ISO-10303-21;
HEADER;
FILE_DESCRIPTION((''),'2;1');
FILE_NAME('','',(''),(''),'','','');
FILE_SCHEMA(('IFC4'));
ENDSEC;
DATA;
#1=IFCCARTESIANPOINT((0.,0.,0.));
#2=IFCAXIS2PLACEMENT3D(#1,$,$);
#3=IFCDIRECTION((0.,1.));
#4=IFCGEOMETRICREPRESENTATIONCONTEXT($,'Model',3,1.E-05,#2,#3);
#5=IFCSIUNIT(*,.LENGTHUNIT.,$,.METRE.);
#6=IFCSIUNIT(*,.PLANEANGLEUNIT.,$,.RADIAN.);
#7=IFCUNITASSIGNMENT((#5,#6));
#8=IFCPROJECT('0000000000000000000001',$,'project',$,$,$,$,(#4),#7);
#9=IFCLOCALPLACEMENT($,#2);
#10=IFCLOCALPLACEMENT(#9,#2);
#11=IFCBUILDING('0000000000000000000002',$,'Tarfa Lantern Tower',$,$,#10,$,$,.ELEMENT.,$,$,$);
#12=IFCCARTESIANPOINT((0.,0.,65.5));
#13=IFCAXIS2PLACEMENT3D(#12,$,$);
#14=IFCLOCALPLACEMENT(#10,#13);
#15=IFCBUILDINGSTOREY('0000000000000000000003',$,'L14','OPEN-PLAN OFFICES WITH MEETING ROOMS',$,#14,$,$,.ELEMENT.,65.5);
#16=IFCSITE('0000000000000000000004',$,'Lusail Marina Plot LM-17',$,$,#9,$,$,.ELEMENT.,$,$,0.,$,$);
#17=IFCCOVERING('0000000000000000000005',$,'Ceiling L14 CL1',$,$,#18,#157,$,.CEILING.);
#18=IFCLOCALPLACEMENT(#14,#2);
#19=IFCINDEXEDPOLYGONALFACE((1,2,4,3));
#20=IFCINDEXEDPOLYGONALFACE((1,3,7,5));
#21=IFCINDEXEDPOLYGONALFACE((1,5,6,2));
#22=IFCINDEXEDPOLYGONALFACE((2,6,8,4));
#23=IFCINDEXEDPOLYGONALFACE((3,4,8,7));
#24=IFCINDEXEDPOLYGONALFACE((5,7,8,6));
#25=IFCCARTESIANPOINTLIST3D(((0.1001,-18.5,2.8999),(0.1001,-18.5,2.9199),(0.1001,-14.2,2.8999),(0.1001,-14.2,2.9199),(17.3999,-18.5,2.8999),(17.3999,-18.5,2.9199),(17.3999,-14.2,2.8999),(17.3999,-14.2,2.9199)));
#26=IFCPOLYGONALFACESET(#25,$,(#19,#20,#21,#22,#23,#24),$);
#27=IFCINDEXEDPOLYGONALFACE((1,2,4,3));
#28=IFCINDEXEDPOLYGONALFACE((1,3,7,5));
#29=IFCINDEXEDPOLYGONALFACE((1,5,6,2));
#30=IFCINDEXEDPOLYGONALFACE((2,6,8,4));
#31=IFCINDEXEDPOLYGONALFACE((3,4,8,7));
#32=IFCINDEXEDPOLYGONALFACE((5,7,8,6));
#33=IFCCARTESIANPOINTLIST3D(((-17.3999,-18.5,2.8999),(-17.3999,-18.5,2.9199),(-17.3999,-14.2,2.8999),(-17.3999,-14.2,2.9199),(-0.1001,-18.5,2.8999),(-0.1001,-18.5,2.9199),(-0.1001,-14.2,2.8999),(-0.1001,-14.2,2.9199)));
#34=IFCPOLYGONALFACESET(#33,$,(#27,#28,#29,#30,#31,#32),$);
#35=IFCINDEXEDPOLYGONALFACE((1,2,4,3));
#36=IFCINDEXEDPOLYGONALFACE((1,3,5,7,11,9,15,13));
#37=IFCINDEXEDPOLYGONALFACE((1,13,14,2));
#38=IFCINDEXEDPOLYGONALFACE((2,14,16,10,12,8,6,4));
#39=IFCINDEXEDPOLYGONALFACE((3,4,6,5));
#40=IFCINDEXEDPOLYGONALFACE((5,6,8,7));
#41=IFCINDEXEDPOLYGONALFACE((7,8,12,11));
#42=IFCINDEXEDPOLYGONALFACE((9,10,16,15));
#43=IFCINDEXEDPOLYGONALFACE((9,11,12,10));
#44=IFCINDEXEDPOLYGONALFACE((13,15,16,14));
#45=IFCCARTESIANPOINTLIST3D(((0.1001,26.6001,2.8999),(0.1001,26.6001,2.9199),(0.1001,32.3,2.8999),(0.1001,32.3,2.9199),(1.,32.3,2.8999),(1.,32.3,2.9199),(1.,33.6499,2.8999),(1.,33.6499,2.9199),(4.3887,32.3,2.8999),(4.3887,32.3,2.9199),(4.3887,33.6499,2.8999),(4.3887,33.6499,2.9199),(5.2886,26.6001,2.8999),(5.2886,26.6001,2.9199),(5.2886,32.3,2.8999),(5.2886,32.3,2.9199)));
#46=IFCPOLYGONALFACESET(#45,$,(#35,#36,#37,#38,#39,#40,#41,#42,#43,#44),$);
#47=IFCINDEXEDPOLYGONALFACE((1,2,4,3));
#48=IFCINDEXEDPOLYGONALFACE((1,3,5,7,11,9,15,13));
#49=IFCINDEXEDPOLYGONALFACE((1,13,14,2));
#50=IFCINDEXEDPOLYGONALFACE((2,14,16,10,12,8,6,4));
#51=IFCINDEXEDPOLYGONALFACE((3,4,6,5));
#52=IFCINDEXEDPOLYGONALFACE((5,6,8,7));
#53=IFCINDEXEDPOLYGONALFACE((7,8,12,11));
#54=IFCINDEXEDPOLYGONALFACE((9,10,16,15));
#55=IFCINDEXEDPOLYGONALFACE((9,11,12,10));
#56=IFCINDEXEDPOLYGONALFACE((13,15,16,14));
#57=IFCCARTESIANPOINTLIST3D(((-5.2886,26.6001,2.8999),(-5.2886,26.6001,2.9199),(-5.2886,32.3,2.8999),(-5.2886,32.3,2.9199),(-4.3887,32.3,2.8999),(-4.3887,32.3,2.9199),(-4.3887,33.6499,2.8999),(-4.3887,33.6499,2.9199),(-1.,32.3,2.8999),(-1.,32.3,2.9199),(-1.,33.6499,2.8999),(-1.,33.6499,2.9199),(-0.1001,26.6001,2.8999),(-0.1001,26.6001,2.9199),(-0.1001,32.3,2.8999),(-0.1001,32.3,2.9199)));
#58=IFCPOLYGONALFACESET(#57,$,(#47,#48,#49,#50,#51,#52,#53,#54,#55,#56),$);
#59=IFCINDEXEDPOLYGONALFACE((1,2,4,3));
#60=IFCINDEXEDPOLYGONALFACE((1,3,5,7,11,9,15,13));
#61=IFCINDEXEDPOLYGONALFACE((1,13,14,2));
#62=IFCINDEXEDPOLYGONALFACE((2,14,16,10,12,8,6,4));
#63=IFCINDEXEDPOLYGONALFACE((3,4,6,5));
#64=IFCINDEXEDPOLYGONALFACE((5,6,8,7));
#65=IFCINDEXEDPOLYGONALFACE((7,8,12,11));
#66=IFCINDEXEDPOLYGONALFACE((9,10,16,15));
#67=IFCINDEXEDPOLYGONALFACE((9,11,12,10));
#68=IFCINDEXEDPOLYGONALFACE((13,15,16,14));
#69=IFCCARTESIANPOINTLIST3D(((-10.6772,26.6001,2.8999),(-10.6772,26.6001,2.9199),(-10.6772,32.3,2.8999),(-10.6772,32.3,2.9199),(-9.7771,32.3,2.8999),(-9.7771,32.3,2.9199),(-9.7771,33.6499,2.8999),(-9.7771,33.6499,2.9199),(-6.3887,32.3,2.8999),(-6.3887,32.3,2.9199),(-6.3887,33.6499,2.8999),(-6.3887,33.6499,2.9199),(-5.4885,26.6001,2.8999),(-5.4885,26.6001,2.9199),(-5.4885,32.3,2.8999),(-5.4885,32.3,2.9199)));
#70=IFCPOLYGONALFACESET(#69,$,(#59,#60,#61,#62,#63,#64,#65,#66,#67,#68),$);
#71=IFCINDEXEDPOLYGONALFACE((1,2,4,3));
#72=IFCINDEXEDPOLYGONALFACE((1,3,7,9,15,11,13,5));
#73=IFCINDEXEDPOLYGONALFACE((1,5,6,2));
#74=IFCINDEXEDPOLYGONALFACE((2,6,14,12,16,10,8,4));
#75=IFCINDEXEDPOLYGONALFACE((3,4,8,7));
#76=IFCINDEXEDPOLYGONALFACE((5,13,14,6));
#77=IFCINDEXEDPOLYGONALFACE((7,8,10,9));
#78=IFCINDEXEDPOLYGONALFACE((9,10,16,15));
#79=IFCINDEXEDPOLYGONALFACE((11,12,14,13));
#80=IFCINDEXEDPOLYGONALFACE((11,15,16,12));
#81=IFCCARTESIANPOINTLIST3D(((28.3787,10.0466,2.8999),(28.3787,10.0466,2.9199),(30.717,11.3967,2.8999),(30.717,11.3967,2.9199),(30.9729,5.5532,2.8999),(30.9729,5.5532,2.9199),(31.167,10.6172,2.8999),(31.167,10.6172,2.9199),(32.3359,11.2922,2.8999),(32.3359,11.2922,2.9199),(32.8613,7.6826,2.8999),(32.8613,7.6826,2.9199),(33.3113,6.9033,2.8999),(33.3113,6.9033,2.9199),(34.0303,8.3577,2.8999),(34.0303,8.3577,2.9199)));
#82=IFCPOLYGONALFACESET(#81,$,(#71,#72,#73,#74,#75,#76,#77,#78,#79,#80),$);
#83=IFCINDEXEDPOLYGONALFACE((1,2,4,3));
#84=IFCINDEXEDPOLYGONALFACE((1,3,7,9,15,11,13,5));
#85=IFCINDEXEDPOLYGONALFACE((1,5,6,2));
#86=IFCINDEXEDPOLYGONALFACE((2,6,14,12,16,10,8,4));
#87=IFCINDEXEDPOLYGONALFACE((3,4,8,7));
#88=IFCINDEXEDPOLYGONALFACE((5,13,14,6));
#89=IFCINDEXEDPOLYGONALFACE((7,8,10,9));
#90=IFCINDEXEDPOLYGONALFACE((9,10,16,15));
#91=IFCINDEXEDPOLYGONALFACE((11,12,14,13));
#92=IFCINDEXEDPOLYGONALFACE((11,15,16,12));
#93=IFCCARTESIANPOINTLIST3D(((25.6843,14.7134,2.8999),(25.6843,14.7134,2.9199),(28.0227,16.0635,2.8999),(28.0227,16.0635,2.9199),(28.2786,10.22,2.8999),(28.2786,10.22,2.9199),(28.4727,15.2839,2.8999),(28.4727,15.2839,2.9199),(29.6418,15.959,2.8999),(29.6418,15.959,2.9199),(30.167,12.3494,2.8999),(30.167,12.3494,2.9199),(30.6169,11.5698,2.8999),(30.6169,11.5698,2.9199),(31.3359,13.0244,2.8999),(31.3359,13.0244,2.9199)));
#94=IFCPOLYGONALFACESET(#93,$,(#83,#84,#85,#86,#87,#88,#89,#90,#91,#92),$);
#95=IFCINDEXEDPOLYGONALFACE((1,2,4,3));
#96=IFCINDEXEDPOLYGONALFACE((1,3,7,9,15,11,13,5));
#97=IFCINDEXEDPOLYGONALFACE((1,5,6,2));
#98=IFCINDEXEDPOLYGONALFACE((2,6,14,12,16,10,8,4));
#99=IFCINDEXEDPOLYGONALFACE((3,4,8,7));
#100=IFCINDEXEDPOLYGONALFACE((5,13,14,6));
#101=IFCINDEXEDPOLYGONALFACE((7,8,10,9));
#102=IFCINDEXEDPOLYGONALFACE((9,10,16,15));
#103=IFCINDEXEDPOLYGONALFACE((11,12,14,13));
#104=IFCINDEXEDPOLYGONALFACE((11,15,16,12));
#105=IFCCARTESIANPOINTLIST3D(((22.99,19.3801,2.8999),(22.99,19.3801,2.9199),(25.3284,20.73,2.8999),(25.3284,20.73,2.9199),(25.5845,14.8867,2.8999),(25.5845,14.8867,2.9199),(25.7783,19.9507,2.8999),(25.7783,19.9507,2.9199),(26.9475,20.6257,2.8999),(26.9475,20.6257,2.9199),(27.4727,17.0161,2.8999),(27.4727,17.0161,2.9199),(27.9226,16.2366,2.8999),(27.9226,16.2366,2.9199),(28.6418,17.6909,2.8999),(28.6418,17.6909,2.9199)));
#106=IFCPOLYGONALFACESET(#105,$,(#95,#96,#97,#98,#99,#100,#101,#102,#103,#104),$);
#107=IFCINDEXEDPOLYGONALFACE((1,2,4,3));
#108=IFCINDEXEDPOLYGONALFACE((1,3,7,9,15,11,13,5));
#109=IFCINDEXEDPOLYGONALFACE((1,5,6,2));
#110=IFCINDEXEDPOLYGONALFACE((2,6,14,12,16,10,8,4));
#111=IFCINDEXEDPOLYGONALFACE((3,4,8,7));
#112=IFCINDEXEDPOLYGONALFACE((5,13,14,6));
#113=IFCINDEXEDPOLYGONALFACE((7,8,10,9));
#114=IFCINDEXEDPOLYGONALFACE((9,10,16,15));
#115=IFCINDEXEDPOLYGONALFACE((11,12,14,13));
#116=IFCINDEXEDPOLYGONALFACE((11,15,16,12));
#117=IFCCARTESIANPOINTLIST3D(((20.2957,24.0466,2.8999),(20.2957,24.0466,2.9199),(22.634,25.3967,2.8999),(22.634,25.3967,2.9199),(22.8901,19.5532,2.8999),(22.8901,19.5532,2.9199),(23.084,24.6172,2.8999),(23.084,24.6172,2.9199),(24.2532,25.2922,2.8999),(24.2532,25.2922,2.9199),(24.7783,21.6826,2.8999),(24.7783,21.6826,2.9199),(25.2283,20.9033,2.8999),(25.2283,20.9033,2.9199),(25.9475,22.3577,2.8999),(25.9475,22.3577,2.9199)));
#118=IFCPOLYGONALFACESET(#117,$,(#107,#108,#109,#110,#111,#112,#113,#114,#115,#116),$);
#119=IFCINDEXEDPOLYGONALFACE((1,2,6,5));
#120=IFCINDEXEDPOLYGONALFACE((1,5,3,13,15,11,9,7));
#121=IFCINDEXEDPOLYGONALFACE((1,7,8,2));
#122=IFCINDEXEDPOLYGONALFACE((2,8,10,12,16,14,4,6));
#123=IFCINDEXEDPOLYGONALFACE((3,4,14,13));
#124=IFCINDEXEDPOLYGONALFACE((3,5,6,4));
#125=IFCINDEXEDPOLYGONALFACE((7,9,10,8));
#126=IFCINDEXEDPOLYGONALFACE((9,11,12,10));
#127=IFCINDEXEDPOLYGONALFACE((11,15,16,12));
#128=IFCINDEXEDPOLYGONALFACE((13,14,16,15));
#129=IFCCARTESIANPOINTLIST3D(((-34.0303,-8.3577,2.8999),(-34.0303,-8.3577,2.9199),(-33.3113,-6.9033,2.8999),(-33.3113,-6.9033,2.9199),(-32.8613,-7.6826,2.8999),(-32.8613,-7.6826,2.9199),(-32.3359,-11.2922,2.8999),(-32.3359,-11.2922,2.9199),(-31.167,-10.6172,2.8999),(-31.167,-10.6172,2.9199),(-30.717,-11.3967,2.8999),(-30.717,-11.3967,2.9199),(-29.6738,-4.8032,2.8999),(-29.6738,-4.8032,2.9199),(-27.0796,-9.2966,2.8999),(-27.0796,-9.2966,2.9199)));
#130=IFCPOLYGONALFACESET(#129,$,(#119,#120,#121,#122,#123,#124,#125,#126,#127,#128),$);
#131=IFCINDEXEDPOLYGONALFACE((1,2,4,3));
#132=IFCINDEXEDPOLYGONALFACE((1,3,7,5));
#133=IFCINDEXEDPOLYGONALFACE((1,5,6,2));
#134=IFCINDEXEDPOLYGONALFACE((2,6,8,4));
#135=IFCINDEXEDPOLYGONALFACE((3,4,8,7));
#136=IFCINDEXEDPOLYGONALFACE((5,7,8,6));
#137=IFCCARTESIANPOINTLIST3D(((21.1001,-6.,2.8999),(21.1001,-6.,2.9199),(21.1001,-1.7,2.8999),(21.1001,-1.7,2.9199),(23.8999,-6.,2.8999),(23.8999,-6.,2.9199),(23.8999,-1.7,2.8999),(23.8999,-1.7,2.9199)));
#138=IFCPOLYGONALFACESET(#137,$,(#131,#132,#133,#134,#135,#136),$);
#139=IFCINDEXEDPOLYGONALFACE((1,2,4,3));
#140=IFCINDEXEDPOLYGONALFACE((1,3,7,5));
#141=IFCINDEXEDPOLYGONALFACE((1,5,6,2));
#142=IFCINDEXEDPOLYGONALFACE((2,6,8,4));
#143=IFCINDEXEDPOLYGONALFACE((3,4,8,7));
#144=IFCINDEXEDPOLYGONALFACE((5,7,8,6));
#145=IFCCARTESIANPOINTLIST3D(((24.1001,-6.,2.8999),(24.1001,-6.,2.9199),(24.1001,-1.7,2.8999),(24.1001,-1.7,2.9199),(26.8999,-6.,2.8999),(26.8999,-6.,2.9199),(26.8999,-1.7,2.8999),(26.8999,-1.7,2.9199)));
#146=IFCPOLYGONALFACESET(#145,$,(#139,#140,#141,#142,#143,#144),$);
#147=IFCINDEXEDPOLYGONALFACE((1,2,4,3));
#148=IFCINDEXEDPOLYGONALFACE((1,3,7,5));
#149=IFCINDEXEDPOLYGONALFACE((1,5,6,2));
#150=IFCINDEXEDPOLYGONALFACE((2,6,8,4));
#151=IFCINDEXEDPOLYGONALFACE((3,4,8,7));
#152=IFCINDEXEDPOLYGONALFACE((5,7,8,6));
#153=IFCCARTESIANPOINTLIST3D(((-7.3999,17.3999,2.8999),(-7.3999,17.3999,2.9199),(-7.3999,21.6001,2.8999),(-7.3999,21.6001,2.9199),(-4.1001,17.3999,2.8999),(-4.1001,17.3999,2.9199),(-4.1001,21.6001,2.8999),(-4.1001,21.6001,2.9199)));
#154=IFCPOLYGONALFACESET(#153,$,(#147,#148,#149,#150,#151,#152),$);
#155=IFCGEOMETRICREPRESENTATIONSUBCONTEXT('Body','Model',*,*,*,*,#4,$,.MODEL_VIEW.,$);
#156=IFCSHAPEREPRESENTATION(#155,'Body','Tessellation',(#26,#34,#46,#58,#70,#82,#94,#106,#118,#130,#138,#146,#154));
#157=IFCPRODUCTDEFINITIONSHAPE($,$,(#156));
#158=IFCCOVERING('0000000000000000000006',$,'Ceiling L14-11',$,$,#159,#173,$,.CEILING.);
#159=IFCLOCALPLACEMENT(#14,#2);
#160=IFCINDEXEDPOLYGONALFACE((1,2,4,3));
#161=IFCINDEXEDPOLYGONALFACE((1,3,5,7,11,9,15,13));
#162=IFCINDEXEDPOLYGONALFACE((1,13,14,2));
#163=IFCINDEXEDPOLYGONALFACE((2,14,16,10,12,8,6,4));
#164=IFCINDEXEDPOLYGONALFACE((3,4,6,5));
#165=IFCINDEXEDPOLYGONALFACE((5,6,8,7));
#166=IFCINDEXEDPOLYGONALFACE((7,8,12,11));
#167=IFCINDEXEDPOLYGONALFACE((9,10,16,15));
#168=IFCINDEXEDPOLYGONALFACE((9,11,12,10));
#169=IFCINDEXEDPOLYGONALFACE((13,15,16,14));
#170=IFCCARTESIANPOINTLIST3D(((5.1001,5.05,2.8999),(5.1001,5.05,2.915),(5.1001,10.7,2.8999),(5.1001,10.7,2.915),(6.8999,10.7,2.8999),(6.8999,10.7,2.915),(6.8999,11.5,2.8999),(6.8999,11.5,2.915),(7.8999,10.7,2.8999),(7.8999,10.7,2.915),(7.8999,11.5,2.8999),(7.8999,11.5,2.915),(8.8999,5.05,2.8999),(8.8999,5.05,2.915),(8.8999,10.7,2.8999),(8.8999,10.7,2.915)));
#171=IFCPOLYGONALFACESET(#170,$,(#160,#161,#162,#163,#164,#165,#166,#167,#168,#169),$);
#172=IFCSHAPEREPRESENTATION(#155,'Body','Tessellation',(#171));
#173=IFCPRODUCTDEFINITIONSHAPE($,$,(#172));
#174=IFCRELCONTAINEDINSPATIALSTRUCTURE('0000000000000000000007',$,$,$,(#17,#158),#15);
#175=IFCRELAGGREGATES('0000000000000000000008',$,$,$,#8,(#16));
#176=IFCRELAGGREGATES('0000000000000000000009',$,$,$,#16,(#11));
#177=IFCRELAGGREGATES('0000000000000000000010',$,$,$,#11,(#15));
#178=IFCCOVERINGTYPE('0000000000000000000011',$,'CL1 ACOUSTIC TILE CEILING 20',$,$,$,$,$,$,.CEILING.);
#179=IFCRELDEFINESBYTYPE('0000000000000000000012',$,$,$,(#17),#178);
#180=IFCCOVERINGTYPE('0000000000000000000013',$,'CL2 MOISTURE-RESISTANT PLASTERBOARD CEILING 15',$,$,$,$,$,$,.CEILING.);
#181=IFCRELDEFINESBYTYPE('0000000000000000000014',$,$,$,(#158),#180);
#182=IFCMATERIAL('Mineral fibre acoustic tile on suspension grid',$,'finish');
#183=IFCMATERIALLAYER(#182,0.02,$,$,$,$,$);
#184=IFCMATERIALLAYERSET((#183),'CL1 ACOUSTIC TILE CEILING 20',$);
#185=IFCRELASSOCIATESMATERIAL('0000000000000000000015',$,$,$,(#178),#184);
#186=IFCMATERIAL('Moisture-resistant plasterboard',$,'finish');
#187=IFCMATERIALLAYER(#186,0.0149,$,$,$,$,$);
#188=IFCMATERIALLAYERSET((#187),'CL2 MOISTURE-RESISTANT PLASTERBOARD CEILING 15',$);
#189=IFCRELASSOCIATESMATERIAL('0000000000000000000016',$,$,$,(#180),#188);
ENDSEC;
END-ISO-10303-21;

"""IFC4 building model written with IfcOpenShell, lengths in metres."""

from ifc_helpers import new_model, si_unit, direction, frame, origin, place, context, subcontext, project, spatial, polyline, outline, extrude, material, layer, layer_set, type_object, element, save


model = new_model("IFC4")

# Units and contexts
model_context = context("Model", 3, precision=1e-05, world=origin(), true_north=direction((0.0, 1.0)))
body_context = subcontext(model_context, "Body", "Model", "MODEL_VIEW")
ifc_project = project(units=[si_unit("LENGTHUNIT", "METRE"), si_unit("PLANEANGLEUNIT", "RADIAN")], contexts=[model_context])

# Site, building, storey
site_placement = place(None, origin())
site = spatial("IfcSite", under=ifc_project, at=site_placement, Name="Lusail Marina Plot LM-17", CompositionType="ELEMENT", RefElevation=0.0)
building_placement = place(site_placement, origin())
building = spatial("IfcBuilding", under=site, at=building_placement, Name="Tarfa Lantern Tower", CompositionType="ELEMENT")
storey_placement = place(building_placement, frame((0.0, 0.0, 65.5)))
storey = spatial("IfcBuildingStorey", under=building, at=storey_placement, Name="L14", Description="OPEN-PLAN OFFICES WITH MEETING ROOMS", CompositionType="ELEMENT", Elevation=65.5)

# Coverings
ifc_material_1 = material(Name="Mineral fibre acoustic tile on suspension grid", Category="finish")
ifc_layer_1 = layer(ifc_material_1, 0.02)
ifc_layer_set_1 = layer_set([ifc_layer_1], Name="CL1 ACOUSTIC TILE CEILING 20")
covering_type_1 = type_object("IfcCoveringType", Name="CL1 ACOUSTIC TILE CEILING 20", PredefinedType="CEILING", material=ifc_layer_set_1)
covering_1_placement = place(storey_placement, frame((0.0, 0.0, 2.8999)))
element("IfcCovering", 1, at=covering_1_placement, inside=storey, type_object=covering_type_1, Name="Ceiling L14 CL1", PredefinedType="CEILING", context=body_context, shape_type="SweptSolid", body=[
    extrude(outline(polyline([(0.1001, -14.2), (17.3999, -14.2), (17.3999, -18.5), (0.1001, -18.5), (0.1001, -14.2)])), origin(), (0.0, 0.0, 1.0), 0.02),
    extrude(outline(polyline([(-17.3999, -14.2), (-0.1001, -14.2), (-0.1001, -18.5), (-17.3999, -18.5), (-17.3999, -14.2)])), origin(), (0.0, 0.0, 1.0), 0.02),
    extrude(outline(polyline([(5.2886, 26.6001), (0.1001, 26.6001), (0.1001, 32.3), (1.0, 32.3), (1.0, 33.6499), (4.3887, 33.6499), (4.3887, 32.3), (5.2886, 32.3), (5.2886, 26.6001)])), origin(), (0.0, 0.0, 1.0), 0.02),
    extrude(outline(polyline([(-0.1001, 26.6001), (-5.2886, 26.6001), (-5.2886, 32.3), (-4.3887, 32.3), (-4.3887, 33.6499), (-1.0, 33.6499), (-1.0, 32.3), (-0.1001, 32.3), (-0.1001, 26.6001)])), origin(), (0.0, 0.0, 1.0), 0.02),
    extrude(outline(polyline([(-5.4885, 26.6001), (-10.6772, 26.6001), (-10.6772, 32.3), (-9.7771, 32.3), (-9.7771, 33.6499), (-6.3887, 33.6499), (-6.3887, 32.3), (-5.4885, 32.3), (-5.4885, 26.6001)])), origin(), (0.0, 0.0, 1.0), 0.02),
    extrude(outline(polyline([(28.3787, 10.0466), (30.717, 11.3967), (31.167, 10.6172), (32.3359, 11.2922), (34.0303, 8.3577), (32.8613, 7.6826), (33.3113, 6.9033), (30.9729, 5.5532), (28.3787, 10.0466)])), origin(), (0.0, 0.0, 1.0), 0.02),
    extrude(outline(polyline([(25.6843, 14.7134), (28.0227, 16.0635), (28.4727, 15.2839), (29.6418, 15.959), (31.3359, 13.0244), (30.167, 12.3494), (30.6169, 11.5698), (28.2786, 10.22), (25.6843, 14.7134)])), origin(), (0.0, 0.0, 1.0), 0.02),
    extrude(outline(polyline([(22.99, 19.3801), (25.3284, 20.73), (25.7783, 19.9507), (26.9475, 20.6257), (28.6418, 17.6909), (27.4727, 17.0161), (27.9226, 16.2366), (25.5845, 14.8867), (22.99, 19.3801)])), origin(), (0.0, 0.0, 1.0), 0.02),
    extrude(outline(polyline([(20.2957, 24.0466), (22.634, 25.3967), (23.084, 24.6172), (24.2532, 25.2922), (25.9475, 22.3577), (24.7783, 21.6826), (25.2283, 20.9033), (22.8901, 19.5532), (20.2957, 24.0466)])), origin(), (0.0, 0.0, 1.0), 0.02),
    extrude(outline(polyline([(-27.0796, -9.2966), (-30.717, -11.3967), (-31.167, -10.6172), (-32.3359, -11.2922), (-34.0303, -8.3577), (-32.8613, -7.6826), (-33.3113, -6.9033), (-29.6738, -4.8032), (-27.0796, -9.2966)])), origin(), (0.0, 0.0, 1.0), 0.02),
    extrude(outline(polyline([(21.1001, -1.7), (23.8999, -1.7), (23.8999, -6.0), (21.1001, -6.0), (21.1001, -1.7)])), origin(), (0.0, 0.0, 1.0), 0.02),
    extrude(outline(polyline([(24.1001, -1.7), (26.8999, -1.7), (26.8999, -6.0), (24.1001, -6.0), (24.1001, -1.7)])), origin(), (0.0, 0.0, 1.0), 0.02),
    extrude(outline(polyline([(-7.3999, 21.6001), (-4.1001, 21.6001), (-4.1001, 17.3999), (-7.3999, 17.3999), (-7.3999, 21.6001)])), origin(), (0.0, 0.0, 1.0), 0.02),
])
ifc_material_2 = material(Name="Moisture-resistant plasterboard", Category="finish")
ifc_layer_2 = layer(ifc_material_2, 0.0149)
ifc_layer_set_2 = layer_set([ifc_layer_2], Name="CL2 MOISTURE-RESISTANT PLASTERBOARD CEILING 15")
covering_type_2 = type_object("IfcCoveringType", Name="CL2 MOISTURE-RESISTANT PLASTERBOARD CEILING 15", PredefinedType="CEILING", material=ifc_layer_set_2)
covering_2_placement = place(storey_placement, frame((0.0, 0.0, 2.8999)))
element("IfcCovering", 2, at=covering_2_placement, inside=storey, type_object=covering_type_2, Name="Ceiling L14-11", PredefinedType="CEILING", context=body_context, shape_type="SweptSolid", body=[
    extrude(outline(polyline([(5.1001, 5.05), (8.8999, 5.05), (8.8999, 10.7), (7.8999, 10.7), (7.8999, 11.5), (6.8999, 11.5), (6.8999, 10.7), (5.1001, 10.7), (5.1001, 5.05)])), origin(), (0.0, 0.0, 1.0), 0.0151),
])

save(model, "model.ifc")
